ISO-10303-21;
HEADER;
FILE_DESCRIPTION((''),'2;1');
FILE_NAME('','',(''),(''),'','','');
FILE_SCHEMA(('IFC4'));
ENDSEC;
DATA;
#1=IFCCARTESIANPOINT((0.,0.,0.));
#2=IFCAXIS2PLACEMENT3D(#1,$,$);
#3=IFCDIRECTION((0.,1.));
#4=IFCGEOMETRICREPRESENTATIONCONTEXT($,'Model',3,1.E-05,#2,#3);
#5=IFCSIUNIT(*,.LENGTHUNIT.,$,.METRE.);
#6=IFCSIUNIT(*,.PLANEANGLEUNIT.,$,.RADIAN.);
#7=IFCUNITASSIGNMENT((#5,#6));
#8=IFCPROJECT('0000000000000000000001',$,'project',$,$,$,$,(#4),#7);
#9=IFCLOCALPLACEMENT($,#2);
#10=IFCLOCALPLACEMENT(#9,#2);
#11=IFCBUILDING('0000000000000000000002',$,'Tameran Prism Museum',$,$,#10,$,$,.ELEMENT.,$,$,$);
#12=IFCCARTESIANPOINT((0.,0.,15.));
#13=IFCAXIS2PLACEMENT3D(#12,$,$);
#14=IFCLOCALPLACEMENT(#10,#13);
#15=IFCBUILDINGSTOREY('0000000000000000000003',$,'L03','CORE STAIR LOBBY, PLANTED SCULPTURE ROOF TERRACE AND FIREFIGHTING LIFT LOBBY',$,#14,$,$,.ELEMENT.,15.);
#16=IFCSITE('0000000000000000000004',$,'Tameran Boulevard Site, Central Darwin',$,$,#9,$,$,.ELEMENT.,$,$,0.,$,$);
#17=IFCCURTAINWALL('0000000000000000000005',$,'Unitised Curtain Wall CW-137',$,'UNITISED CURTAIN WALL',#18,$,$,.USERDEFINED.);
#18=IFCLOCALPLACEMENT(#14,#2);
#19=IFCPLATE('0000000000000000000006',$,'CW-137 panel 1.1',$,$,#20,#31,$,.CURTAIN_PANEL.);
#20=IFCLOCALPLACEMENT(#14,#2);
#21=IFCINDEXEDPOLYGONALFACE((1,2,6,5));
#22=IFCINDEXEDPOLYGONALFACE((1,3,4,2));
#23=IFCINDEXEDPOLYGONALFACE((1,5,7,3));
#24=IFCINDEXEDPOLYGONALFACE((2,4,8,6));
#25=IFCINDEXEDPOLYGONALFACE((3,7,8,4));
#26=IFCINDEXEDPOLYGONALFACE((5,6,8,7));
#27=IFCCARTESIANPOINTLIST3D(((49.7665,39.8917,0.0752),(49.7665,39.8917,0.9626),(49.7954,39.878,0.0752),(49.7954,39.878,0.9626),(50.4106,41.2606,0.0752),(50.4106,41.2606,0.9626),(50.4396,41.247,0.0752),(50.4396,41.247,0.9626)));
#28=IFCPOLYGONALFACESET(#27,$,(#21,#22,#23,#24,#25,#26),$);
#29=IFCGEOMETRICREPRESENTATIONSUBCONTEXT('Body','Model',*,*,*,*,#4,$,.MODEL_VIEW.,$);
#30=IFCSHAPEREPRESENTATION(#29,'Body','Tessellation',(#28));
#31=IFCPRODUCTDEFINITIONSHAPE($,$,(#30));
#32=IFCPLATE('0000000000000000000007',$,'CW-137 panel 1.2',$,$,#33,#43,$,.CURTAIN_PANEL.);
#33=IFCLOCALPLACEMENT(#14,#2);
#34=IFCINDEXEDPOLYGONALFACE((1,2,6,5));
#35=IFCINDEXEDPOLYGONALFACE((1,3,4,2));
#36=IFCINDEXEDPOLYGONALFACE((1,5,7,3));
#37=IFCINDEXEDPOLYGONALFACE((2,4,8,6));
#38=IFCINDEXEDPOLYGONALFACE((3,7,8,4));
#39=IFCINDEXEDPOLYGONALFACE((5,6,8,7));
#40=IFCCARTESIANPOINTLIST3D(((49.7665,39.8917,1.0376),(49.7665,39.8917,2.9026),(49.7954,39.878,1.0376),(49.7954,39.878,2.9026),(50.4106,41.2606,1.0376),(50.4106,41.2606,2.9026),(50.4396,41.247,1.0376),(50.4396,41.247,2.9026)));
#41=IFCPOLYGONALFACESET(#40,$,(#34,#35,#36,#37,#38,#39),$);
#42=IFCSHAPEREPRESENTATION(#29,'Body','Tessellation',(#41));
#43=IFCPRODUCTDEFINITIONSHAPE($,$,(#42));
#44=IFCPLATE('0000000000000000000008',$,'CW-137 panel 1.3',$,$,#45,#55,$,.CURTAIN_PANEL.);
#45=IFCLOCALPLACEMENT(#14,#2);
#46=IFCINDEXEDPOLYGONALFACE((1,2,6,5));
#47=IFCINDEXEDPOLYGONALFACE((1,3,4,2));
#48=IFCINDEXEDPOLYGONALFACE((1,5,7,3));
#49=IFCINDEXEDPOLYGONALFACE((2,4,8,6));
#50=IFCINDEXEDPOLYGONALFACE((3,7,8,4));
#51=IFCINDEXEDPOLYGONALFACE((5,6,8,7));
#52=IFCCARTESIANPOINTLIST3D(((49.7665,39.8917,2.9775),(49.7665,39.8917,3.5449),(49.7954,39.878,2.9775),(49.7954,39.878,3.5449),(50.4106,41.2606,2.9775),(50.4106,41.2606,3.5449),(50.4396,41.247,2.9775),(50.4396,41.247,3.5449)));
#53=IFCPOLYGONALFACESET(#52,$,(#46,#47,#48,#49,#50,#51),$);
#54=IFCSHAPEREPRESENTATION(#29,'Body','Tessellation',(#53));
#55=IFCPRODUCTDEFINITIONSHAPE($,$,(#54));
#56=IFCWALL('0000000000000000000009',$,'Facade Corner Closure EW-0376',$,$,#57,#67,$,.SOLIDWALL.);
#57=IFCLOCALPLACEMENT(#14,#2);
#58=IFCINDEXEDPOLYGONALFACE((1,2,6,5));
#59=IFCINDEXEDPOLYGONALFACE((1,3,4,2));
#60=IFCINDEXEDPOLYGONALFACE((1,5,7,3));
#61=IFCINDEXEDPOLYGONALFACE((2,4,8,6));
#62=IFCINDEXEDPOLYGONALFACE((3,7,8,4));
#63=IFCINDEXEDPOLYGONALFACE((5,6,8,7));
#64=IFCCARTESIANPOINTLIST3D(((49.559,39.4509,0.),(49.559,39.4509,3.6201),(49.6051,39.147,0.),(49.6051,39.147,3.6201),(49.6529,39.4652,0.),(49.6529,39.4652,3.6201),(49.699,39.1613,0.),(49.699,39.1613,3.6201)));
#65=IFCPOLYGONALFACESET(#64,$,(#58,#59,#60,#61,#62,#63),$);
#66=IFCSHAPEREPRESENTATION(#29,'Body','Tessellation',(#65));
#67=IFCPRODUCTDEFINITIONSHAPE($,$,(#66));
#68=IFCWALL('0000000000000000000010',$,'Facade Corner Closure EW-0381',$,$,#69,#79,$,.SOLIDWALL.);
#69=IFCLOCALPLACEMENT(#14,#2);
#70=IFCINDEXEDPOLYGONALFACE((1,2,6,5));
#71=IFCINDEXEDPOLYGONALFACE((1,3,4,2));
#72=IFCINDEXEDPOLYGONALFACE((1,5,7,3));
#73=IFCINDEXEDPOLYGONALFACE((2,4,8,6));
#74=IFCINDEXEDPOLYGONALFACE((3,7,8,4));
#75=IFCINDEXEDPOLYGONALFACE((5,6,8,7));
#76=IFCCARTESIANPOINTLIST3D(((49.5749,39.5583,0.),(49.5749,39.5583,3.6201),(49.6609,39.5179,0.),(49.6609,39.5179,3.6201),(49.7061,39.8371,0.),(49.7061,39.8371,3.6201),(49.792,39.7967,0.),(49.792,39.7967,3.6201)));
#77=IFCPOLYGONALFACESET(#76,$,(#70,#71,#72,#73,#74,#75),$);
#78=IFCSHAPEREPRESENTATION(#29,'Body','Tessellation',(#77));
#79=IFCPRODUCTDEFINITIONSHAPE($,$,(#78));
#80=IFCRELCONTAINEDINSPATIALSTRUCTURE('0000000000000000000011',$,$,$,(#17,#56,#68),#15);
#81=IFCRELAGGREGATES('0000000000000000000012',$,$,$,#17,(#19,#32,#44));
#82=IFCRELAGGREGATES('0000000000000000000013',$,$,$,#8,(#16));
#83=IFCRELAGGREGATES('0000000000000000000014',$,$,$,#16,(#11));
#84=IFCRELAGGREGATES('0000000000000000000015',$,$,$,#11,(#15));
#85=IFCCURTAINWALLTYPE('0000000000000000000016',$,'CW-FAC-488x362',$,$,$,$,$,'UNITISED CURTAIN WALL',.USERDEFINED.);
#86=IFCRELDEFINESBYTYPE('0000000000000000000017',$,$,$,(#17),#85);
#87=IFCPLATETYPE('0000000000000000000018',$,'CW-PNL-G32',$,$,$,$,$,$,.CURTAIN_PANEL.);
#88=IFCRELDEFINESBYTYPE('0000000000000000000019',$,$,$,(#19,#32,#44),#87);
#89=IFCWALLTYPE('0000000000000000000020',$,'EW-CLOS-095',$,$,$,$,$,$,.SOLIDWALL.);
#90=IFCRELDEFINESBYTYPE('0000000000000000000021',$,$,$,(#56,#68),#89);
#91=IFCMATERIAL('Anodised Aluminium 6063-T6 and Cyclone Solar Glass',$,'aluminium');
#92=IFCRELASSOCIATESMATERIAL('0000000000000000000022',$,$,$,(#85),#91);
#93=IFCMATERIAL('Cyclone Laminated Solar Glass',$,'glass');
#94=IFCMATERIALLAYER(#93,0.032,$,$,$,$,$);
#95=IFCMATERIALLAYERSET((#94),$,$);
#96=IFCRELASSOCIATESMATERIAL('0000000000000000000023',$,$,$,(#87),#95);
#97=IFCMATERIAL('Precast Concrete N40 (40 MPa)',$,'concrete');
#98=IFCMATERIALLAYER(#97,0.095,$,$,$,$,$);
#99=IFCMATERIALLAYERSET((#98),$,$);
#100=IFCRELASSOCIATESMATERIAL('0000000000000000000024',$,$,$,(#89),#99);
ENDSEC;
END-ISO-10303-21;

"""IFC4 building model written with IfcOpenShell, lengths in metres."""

from ifc_helpers import new_model, si_unit, direction, frame, frame_2d, origin, origin_2d, place, context, subcontext, project, spatial, rectangle, extrude, material, layer, layer_set, type_object, element, aggregate, save


model = new_model("IFC4")

# Units and contexts
model_context = context("Model", 3, precision=1e-05, world=origin(), true_north=direction((0.0, 1.0)))
body_context = subcontext(model_context, "Body", "Model", "MODEL_VIEW")
ifc_project = project(units=[si_unit("LENGTHUNIT", "METRE"), si_unit("PLANEANGLEUNIT", "RADIAN")], contexts=[model_context])

# Site, building, storey
site_placement = place(None, origin())
site = spatial("IfcSite", under=ifc_project, at=site_placement, Name="Tameran Boulevard Site, Central Darwin", CompositionType="ELEMENT", RefElevation=0.0)
building_placement = place(site_placement, origin())
building = spatial("IfcBuilding", under=site, at=building_placement, Name="Tameran Prism Museum", CompositionType="ELEMENT")
storey_placement = place(building_placement, frame((0.0, 0.0, 15.0)))
storey = spatial("IfcBuildingStorey", under=building, at=storey_placement, Name="L03", Description="CORE STAIR LOBBY, PLANTED SCULPTURE ROOF TERRACE AND FIREFIGHTING LIFT LOBBY", CompositionType="ELEMENT", Elevation=15.0)

# Curtain wall
ifc_material_1 = material(Name="Anodised Aluminium 6063-T6 and Cyclone Solar Glass", Category="aluminium")
curtain_wall_type_1 = type_object("IfcCurtainWallType", Name="CW-FAC-488x362", ElementType="UNITISED CURTAIN WALL", PredefinedType="USERDEFINED", material=ifc_material_1)
curtain_wall_1_placement = place(storey_placement, origin())
curtain_wall_1 = element("IfcCurtainWall", 1, at=curtain_wall_1_placement, inside=storey, type_object=curtain_wall_type_1, Name="Unitised Curtain Wall CW-137", ObjectType="UNITISED CURTAIN WALL", PredefinedType="USERDEFINED")

# Plates
ifc_material_2 = material(Name="Cyclone Laminated Solar Glass", Category="glass")
ifc_layer_1 = layer(ifc_material_2, 0.032)
ifc_layer_set_1 = layer_set([ifc_layer_1])
plate_type = type_object("IfcPlateType", Name="CW-PNL-G32", PredefinedType="CURTAIN_PANEL", material=ifc_layer_set_1)
plate_1_placement = place(storey_placement, frame((50.103, 40.5693, 0.0752), z_axis=(0.0, 0.0, 1.0), x_axis=(0.425758, 0.904837, 0.0)))
plate_1 = element("IfcPlate", 2, at=plate_1_placement, type_object=plate_type, Name="CW-137 panel 1.1", PredefinedType="CURTAIN_PANEL", context=body_context, shape_type="SweptSolid", body=[
    extrude(rectangle(XDim=1.5129, YDim=0.032, at=origin_2d()), origin(), (0.0, 0.0, 1.0), 0.8875),
])
plate_2_placement = place(storey_placement, frame((50.103, 40.5693, 1.0376), z_axis=(0.0, 0.0, 1.0), x_axis=(0.425758, 0.904837, 0.0)))
plate_2 = element("IfcPlate", 3, at=plate_2_placement, type_object=plate_type, Name="CW-137 panel 1.2", PredefinedType="CURTAIN_PANEL", context=body_context, shape_type="SweptSolid", body=[
    extrude(rectangle(XDim=1.5129, YDim=0.032, at=origin_2d()), origin(), (0.0, 0.0, 1.0), 1.865),
])
plate_3_placement = place(storey_placement, frame((50.103, 40.5693, 2.9775), z_axis=(0.0, 0.0, 1.0), x_axis=(0.425758, 0.904837, 0.0)))
plate_3 = element("IfcPlate", 4, at=plate_3_placement, type_object=plate_type, Name="CW-137 panel 1.3", PredefinedType="CURTAIN_PANEL", context=body_context, shape_type="SweptSolid", body=[
    extrude(rectangle(XDim=1.5129, YDim=0.032, at=origin_2d()), origin(), (0.0, 0.0, 1.0), 0.5674),
])
aggregate(curtain_wall_1, [plate_1, plate_2, plate_3])

# Walls
ifc_material_3 = material(Name="Precast Concrete N40 (40 MPa)", Category="concrete")
ifc_layer_2 = layer(ifc_material_3, 0.095)
ifc_layer_set_2 = layer_set([ifc_layer_2])
wall_type = type_object("IfcWallType", Name="EW-CLOS-095", PredefinedType="SOLIDWALL", material=ifc_layer_set_2)
wall_1_placement = place(storey_placement, frame((49.6521, 39.1541, 0.0), z_axis=(0.0, 0.0, 1.0), x_axis=(-0.150088, 0.988673, 0.0)))
element("IfcWall", 5, at=wall_1_placement, inside=storey, type_object=wall_type, Name="Facade Corner Closure EW-0376", PredefinedType="SOLIDWALL", context=body_context, shape_type="SweptSolid", body=[
    extrude(rectangle(XDim=0.3074, YDim=0.095, at=frame_2d((0.1538, 0.0))), origin(), (0.0, 0.0, 1.0), 3.6201),
])
wall_2_placement = place(storey_placement, frame((49.6179, 39.5381, 0.0), z_axis=(0.0, 0.0, 1.0), x_axis=(0.42553, 0.904944, 0.0)))
element("IfcWall", 6, at=wall_2_placement, inside=storey, type_object=wall_type, Name="Facade Corner Closure EW-0381", PredefinedType="SOLIDWALL", context=body_context, shape_type="SweptSolid", body=[
    extrude(rectangle(XDim=0.3081, YDim=0.095, at=frame_2d((0.1541, 0.0))), origin(), (0.0, 0.0, 1.0), 3.6201),
])

save(model, "model.ifc")
